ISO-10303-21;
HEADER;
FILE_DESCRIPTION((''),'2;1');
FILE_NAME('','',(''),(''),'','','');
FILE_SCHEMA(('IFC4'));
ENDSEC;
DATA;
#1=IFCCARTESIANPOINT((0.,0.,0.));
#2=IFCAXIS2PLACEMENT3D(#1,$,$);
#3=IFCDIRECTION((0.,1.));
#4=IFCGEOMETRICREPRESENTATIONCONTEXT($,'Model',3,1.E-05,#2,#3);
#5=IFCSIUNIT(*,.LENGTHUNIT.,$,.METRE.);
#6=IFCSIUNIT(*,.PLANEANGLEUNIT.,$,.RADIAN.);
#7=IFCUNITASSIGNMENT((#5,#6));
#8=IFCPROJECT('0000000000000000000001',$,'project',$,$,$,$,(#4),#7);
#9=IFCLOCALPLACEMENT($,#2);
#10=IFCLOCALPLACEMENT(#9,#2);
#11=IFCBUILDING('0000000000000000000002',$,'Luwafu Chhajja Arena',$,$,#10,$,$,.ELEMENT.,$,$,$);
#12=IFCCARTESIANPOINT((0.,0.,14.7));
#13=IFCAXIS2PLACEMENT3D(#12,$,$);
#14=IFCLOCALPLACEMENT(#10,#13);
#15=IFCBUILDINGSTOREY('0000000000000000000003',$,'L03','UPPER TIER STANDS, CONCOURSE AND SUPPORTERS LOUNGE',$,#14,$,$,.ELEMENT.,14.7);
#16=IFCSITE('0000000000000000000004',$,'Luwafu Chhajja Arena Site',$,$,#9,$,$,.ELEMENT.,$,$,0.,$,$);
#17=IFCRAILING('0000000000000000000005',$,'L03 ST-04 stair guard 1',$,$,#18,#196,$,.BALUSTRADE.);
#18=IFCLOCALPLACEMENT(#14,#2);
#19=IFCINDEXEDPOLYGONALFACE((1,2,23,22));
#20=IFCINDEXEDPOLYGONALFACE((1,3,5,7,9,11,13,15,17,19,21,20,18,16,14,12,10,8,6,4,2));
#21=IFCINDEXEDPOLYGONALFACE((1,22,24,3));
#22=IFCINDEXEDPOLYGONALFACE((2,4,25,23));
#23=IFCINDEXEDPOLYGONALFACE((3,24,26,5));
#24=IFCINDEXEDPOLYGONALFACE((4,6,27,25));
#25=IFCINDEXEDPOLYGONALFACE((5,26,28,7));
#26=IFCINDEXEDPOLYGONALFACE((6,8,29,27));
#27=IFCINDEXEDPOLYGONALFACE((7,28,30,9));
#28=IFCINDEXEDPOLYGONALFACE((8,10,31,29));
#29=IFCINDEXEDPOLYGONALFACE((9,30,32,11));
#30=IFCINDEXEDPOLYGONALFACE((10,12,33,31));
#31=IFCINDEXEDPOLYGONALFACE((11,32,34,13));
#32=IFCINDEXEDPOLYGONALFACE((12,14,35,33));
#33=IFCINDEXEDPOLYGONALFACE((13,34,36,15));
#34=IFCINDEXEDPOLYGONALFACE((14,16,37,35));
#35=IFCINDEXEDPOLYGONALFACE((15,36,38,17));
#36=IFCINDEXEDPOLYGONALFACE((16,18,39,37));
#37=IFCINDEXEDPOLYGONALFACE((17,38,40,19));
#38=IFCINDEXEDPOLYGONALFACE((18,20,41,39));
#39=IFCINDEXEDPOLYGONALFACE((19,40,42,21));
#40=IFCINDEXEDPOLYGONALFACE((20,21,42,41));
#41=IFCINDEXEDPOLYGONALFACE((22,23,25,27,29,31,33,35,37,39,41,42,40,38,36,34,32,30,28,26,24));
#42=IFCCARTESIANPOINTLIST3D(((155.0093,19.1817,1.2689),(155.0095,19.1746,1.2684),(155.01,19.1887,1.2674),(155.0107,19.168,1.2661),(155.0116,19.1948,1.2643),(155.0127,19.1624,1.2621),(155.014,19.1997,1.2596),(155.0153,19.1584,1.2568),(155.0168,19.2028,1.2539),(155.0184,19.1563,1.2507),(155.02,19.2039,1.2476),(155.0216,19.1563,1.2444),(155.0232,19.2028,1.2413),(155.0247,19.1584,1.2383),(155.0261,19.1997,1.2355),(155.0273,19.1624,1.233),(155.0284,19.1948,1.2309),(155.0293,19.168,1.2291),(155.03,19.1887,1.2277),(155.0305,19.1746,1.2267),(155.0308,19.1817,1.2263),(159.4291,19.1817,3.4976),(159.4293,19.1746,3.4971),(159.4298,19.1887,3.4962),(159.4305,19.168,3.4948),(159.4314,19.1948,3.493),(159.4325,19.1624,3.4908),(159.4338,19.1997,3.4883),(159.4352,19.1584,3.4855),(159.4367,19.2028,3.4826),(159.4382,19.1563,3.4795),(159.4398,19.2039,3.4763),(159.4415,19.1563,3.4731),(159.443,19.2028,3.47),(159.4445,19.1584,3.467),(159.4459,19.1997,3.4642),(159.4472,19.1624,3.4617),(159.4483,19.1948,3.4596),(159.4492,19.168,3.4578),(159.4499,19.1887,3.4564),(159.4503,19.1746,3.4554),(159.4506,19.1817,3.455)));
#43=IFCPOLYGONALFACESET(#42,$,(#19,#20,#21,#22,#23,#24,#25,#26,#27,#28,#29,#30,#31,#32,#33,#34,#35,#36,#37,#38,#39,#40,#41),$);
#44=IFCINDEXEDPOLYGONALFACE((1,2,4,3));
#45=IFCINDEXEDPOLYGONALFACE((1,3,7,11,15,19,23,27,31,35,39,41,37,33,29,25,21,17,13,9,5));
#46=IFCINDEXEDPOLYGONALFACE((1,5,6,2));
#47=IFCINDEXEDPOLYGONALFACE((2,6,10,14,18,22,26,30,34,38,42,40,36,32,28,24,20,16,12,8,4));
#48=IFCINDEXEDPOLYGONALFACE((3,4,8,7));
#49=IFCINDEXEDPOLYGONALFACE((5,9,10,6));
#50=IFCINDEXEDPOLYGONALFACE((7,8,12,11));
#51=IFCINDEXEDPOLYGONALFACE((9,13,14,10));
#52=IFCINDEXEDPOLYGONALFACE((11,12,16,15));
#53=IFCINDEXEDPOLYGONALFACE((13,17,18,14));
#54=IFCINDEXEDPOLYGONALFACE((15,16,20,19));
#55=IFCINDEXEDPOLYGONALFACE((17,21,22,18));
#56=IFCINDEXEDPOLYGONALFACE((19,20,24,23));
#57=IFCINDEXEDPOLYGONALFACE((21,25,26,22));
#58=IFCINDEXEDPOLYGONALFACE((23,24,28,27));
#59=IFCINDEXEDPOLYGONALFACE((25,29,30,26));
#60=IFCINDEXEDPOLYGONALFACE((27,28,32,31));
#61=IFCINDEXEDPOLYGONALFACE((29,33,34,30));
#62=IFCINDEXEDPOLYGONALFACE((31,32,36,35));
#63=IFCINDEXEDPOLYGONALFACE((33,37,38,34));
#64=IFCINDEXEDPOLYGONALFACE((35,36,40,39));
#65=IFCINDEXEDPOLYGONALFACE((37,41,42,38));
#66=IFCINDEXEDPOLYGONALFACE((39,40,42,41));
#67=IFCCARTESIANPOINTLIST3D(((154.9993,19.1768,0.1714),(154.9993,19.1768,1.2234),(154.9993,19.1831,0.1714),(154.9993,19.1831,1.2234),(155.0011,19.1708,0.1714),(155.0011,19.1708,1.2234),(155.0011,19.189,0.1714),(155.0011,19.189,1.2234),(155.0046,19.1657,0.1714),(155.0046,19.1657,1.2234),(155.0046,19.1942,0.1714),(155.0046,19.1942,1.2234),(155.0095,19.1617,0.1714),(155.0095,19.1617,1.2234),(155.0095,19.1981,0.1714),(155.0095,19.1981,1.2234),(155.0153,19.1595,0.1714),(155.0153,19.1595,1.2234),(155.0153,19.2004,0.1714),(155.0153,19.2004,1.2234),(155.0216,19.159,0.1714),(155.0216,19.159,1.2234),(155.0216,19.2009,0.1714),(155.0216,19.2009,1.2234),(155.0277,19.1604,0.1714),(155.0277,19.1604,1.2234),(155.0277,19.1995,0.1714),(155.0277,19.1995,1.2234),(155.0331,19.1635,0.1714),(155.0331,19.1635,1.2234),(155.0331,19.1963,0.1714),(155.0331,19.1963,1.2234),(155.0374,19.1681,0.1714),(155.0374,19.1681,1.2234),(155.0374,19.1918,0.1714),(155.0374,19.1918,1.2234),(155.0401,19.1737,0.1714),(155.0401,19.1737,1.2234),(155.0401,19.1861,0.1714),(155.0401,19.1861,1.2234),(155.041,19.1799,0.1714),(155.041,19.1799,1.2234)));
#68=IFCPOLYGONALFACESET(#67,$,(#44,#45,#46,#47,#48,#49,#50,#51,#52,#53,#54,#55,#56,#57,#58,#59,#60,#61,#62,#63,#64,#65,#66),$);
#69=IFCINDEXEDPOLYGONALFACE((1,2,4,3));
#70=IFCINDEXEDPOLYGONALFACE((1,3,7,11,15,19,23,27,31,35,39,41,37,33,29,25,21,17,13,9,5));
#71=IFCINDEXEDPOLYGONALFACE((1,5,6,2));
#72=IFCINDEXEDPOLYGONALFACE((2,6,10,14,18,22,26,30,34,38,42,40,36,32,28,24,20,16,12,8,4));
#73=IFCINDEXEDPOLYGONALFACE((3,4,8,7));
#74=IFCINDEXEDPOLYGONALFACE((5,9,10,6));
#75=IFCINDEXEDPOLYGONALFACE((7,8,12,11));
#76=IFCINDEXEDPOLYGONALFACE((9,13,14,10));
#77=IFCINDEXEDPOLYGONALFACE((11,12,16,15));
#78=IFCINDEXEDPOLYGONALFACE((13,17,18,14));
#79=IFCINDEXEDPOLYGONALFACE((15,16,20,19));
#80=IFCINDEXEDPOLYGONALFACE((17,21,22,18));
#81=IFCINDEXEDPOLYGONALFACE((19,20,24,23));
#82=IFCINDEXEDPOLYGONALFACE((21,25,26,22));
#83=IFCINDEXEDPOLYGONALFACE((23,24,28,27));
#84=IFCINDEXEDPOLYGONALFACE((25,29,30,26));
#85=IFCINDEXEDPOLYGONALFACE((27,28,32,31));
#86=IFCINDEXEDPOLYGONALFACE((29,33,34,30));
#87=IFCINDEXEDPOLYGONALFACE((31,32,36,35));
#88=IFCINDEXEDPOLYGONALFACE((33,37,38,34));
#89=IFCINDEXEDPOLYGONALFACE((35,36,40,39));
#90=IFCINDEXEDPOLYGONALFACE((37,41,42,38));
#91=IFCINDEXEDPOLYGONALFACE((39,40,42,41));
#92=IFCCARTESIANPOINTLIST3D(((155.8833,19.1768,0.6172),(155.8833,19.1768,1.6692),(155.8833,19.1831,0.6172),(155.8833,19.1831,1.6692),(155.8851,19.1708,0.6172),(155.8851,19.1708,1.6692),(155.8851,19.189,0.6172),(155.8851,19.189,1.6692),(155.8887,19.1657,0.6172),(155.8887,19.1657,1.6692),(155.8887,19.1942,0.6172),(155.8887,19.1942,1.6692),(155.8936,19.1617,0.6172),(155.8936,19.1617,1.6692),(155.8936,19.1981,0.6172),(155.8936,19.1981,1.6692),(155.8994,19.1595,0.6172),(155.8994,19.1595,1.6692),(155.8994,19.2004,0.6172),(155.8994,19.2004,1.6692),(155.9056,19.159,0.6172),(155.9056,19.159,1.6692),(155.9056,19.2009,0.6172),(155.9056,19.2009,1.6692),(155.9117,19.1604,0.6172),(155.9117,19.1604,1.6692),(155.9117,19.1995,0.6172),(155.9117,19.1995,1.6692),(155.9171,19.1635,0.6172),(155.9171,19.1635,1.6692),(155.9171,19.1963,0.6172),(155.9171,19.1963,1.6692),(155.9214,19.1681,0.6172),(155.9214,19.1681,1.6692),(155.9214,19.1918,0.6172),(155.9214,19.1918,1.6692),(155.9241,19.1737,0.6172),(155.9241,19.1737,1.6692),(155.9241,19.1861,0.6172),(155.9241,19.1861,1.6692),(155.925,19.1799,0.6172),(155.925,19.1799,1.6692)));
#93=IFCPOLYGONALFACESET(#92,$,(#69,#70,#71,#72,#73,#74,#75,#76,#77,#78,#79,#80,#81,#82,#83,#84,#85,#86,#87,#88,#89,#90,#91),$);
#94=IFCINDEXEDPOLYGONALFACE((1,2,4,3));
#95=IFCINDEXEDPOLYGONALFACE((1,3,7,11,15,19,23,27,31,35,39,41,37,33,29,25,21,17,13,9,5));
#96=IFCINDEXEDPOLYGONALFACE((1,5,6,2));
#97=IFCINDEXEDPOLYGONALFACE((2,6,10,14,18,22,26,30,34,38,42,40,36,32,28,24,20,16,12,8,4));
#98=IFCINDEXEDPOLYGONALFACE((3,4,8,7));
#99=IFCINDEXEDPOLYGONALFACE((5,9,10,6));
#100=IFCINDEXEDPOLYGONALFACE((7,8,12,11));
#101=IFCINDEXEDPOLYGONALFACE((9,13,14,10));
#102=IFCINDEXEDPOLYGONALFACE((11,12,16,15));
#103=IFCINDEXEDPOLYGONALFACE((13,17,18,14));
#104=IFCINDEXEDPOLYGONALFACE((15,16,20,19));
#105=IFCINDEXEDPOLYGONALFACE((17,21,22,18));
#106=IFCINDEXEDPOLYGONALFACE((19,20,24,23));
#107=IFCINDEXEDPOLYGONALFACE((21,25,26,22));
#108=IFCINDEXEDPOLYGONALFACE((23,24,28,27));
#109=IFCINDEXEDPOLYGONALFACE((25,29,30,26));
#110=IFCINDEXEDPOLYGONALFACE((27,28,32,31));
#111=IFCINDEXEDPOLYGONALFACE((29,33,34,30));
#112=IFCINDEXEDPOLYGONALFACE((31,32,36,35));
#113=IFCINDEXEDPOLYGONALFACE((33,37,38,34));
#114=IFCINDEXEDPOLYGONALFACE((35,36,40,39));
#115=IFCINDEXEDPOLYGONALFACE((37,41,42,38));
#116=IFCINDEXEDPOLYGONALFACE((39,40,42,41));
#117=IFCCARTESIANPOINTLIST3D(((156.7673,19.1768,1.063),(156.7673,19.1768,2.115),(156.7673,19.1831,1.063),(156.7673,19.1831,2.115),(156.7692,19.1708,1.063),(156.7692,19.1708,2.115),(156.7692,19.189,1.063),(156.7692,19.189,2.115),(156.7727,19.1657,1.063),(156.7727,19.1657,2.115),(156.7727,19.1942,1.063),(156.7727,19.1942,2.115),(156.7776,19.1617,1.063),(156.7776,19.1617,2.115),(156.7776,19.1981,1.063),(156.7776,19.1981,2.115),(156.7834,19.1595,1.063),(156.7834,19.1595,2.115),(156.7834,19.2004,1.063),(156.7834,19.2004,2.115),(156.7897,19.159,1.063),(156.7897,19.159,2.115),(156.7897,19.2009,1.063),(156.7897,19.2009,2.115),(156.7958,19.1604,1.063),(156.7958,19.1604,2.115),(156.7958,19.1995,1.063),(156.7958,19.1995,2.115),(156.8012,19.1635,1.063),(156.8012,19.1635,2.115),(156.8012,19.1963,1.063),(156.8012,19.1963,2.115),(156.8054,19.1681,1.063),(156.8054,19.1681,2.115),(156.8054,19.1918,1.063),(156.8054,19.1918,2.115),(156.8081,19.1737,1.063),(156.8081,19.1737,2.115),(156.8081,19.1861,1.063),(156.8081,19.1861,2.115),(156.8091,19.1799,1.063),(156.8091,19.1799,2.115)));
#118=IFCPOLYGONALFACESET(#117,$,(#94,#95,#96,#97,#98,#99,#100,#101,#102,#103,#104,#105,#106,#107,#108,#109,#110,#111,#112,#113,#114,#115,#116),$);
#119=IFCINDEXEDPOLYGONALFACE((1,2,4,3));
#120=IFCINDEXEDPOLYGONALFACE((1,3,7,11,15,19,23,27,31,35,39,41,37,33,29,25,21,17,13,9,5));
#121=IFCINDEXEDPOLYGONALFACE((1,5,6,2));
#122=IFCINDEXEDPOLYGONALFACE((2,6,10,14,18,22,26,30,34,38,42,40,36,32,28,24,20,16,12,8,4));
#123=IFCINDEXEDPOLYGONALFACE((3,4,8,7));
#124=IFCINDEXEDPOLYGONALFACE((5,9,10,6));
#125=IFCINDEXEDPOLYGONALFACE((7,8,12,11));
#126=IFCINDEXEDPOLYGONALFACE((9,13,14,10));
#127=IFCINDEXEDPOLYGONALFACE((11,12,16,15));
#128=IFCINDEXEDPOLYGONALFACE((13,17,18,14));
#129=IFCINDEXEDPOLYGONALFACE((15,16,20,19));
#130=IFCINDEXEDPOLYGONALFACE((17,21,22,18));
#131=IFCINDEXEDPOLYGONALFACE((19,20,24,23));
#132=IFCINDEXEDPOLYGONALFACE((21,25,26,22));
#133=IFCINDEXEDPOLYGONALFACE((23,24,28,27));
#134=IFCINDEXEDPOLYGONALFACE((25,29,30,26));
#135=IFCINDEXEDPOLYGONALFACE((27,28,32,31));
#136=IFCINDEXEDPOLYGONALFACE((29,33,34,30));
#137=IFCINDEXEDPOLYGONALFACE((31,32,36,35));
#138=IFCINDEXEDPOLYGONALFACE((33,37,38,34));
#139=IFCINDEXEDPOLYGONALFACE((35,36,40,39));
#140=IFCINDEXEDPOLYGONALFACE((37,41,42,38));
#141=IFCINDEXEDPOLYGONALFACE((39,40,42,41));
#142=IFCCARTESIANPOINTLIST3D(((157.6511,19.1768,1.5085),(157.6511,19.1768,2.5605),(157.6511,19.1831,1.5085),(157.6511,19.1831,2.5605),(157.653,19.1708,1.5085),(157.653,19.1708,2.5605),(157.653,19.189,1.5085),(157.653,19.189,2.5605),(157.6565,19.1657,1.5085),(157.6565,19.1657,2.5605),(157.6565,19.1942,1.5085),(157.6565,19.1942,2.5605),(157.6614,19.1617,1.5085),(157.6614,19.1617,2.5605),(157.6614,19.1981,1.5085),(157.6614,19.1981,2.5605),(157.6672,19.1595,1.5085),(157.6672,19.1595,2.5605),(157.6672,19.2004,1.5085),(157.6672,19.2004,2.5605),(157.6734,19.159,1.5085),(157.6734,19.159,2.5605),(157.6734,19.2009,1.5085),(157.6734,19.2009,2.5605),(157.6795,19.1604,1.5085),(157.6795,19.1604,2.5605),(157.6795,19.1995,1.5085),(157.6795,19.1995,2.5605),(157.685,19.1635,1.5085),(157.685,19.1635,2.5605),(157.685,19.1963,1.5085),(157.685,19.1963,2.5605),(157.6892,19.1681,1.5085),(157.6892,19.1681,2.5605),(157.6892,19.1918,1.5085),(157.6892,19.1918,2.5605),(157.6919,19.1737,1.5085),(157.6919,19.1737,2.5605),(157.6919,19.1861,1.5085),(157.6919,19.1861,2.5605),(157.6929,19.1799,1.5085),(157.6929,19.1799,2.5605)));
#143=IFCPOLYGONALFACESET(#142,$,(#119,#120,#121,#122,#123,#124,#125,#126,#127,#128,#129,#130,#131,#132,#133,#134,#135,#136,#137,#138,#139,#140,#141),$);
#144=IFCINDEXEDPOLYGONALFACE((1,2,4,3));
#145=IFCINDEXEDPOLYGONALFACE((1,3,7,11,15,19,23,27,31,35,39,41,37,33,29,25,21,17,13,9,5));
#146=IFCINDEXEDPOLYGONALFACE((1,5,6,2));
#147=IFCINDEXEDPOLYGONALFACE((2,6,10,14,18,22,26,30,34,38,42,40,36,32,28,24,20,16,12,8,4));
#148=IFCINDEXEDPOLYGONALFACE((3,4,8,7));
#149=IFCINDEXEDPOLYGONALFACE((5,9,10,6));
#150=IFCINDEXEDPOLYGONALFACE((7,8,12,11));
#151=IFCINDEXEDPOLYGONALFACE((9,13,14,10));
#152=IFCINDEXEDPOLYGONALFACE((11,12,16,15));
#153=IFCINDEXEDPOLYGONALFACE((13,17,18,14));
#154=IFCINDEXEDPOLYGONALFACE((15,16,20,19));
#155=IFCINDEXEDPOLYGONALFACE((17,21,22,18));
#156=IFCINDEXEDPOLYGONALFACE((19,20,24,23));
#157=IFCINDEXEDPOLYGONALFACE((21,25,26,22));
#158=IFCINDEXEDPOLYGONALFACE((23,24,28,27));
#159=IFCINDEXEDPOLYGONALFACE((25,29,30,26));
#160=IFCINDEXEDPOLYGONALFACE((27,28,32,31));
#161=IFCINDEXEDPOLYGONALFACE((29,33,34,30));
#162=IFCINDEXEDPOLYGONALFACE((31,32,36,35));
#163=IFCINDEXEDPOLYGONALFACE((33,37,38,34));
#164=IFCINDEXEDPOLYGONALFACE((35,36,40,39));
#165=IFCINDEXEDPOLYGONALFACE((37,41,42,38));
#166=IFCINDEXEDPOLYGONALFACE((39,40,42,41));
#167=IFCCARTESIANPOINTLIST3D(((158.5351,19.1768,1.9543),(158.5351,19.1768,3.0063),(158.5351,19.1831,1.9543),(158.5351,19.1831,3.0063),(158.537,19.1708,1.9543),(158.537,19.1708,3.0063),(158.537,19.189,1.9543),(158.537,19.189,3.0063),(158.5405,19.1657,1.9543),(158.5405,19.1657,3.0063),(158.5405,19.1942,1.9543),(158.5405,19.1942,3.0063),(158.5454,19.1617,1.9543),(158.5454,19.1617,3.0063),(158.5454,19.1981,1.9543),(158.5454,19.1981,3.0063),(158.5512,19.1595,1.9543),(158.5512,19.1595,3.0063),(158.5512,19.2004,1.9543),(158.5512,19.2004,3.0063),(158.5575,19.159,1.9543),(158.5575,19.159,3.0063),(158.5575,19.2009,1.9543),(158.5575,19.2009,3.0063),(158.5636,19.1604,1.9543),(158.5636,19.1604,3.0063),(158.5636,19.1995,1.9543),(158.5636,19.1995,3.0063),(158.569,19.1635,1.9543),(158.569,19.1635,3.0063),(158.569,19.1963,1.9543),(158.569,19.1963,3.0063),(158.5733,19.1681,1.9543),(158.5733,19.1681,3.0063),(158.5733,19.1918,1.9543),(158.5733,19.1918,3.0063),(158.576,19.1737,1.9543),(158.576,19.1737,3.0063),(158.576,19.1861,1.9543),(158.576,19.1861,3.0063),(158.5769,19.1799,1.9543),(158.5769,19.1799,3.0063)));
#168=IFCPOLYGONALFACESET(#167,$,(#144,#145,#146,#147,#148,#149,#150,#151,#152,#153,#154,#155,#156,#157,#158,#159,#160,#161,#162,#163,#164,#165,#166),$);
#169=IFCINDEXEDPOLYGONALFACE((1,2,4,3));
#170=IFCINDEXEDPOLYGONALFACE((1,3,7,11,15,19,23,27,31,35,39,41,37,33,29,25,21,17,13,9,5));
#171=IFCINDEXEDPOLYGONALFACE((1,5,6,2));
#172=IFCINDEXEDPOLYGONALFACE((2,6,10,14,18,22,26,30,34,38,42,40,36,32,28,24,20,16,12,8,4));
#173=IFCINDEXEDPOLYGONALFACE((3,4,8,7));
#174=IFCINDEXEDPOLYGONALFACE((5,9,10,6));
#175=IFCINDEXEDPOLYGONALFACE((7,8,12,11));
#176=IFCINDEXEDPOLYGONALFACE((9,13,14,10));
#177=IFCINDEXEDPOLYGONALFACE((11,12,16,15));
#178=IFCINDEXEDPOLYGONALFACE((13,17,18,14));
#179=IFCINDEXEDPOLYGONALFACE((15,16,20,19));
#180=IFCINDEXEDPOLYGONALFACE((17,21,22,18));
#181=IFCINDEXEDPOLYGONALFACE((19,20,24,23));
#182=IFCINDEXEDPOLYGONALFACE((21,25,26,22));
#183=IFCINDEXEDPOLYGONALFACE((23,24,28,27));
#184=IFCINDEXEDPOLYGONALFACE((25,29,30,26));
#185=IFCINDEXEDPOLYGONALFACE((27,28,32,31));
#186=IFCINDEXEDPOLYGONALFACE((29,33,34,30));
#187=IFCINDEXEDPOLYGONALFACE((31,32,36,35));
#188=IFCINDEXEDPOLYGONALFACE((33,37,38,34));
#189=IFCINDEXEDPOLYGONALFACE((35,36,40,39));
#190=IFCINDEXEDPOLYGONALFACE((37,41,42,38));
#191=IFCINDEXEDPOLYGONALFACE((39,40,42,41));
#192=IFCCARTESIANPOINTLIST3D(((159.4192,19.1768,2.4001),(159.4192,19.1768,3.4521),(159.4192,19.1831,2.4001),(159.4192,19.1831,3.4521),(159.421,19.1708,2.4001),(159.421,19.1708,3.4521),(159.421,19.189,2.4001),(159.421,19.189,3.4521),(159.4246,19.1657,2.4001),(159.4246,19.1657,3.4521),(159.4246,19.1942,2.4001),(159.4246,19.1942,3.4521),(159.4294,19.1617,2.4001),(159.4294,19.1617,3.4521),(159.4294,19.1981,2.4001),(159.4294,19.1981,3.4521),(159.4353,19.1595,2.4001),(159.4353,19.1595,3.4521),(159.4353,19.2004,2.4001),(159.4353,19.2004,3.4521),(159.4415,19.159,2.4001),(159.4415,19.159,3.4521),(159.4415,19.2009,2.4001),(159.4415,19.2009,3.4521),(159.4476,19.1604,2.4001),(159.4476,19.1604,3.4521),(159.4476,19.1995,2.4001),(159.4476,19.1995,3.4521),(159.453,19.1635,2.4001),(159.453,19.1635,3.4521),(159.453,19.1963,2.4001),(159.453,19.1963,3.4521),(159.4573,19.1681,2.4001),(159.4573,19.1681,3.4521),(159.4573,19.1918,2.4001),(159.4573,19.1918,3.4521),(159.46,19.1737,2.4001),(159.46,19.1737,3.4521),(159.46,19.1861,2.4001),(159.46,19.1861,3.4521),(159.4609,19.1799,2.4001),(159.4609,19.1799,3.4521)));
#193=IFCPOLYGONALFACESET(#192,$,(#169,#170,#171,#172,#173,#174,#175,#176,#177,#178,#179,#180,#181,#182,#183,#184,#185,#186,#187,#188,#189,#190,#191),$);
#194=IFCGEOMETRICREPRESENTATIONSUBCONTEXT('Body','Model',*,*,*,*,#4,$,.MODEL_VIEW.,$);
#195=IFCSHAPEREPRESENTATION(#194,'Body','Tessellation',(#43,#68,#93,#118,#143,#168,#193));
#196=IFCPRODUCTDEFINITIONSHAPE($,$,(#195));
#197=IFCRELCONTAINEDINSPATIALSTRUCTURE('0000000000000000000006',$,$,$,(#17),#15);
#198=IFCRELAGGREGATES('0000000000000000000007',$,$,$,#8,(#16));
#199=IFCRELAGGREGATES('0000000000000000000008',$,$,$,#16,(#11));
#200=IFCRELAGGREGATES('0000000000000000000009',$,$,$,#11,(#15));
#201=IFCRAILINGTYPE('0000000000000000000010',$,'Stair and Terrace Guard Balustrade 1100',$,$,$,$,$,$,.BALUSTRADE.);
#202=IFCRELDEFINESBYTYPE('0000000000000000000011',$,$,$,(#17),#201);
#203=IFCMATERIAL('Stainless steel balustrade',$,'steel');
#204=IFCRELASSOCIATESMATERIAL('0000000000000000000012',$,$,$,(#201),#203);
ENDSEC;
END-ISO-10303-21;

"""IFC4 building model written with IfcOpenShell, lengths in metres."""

from ifc_helpers import new_model, si_unit, direction, frame, origin, origin_2d, place, context, subcontext, project, spatial, circle, extrude, material, type_object, element, save


model = new_model("IFC4")

# Units and contexts
model_context = context("Model", 3, precision=1e-05, world=origin(), true_north=direction((0.0, 1.0)))
body_context = subcontext(model_context, "Body", "Model", "MODEL_VIEW")
ifc_project = project(units=[si_unit("LENGTHUNIT", "METRE"), si_unit("PLANEANGLEUNIT", "RADIAN")], contexts=[model_context])

# Site, building, storey
site_placement = place(None, origin())
site = spatial("IfcSite", under=ifc_project, at=site_placement, Name="Luwafu Chhajja Arena Site", CompositionType="ELEMENT", RefElevation=0.0)
building_placement = place(site_placement, origin())
building = spatial("IfcBuilding", under=site, at=building_placement, Name="Luwafu Chhajja Arena", CompositionType="ELEMENT")
storey_placement = place(building_placement, frame((0.0, 0.0, 14.7)))
storey = spatial("IfcBuildingStorey", under=building, at=storey_placement, Name="L03", Description="UPPER TIER STANDS, CONCOURSE AND SUPPORTERS LOUNGE", CompositionType="ELEMENT", Elevation=14.7)

# Railing
ifc_material_1 = material(Name="Stainless steel balustrade", Category="steel")
railing_type_1 = type_object("IfcRailingType", Name="Stair and Terrace Guard Balustrade 1100", PredefinedType="BALUSTRADE", material=ifc_material_1)
railing_1_placement = place(storey_placement, frame((155.02, 19.1799, 0.1714)))
element("IfcRailing", 1, at=railing_1_placement, inside=storey, type_object=railing_type_1, Name="L03 ST-04 stair guard 1", PredefinedType="BALUSTRADE", context=body_context, shape_type="SweptSolid", body=[
    extrude(circle(Radius=0.0239, at=origin_2d()), frame((0.0, 0.0, 1.0762), z_axis=(0.892903, 0.0, 0.450249), x_axis=(0.0, 1.0, 0.0)), (0.0, 0.0, 1.0), 4.95),
    extrude(circle(Radius=0.021, at=origin_2d()), origin(), (0.0, 0.0, 1.0), 1.052),
    extrude(circle(Radius=0.021, at=origin_2d()), frame((0.884, 0.0, 0.4458)), (0.0, 0.0, 1.0), 1.052),
    extrude(circle(Radius=0.021, at=origin_2d()), frame((1.7681, 0.0, 0.8916)), (0.0, 0.0, 1.0), 1.052),
    extrude(circle(Radius=0.021, at=origin_2d()), frame((2.6519, 0.0, 1.3372)), (0.0, 0.0, 1.0), 1.052),
    extrude(circle(Radius=0.021, at=origin_2d()), frame((3.5359, 0.0, 1.783)), (0.0, 0.0, 1.0), 1.052),
    extrude(circle(Radius=0.021, at=origin_2d()), frame((4.4199, 0.0, 2.2288)), (0.0, 0.0, 1.0), 1.052),
])

save(model, "model.ifc")
